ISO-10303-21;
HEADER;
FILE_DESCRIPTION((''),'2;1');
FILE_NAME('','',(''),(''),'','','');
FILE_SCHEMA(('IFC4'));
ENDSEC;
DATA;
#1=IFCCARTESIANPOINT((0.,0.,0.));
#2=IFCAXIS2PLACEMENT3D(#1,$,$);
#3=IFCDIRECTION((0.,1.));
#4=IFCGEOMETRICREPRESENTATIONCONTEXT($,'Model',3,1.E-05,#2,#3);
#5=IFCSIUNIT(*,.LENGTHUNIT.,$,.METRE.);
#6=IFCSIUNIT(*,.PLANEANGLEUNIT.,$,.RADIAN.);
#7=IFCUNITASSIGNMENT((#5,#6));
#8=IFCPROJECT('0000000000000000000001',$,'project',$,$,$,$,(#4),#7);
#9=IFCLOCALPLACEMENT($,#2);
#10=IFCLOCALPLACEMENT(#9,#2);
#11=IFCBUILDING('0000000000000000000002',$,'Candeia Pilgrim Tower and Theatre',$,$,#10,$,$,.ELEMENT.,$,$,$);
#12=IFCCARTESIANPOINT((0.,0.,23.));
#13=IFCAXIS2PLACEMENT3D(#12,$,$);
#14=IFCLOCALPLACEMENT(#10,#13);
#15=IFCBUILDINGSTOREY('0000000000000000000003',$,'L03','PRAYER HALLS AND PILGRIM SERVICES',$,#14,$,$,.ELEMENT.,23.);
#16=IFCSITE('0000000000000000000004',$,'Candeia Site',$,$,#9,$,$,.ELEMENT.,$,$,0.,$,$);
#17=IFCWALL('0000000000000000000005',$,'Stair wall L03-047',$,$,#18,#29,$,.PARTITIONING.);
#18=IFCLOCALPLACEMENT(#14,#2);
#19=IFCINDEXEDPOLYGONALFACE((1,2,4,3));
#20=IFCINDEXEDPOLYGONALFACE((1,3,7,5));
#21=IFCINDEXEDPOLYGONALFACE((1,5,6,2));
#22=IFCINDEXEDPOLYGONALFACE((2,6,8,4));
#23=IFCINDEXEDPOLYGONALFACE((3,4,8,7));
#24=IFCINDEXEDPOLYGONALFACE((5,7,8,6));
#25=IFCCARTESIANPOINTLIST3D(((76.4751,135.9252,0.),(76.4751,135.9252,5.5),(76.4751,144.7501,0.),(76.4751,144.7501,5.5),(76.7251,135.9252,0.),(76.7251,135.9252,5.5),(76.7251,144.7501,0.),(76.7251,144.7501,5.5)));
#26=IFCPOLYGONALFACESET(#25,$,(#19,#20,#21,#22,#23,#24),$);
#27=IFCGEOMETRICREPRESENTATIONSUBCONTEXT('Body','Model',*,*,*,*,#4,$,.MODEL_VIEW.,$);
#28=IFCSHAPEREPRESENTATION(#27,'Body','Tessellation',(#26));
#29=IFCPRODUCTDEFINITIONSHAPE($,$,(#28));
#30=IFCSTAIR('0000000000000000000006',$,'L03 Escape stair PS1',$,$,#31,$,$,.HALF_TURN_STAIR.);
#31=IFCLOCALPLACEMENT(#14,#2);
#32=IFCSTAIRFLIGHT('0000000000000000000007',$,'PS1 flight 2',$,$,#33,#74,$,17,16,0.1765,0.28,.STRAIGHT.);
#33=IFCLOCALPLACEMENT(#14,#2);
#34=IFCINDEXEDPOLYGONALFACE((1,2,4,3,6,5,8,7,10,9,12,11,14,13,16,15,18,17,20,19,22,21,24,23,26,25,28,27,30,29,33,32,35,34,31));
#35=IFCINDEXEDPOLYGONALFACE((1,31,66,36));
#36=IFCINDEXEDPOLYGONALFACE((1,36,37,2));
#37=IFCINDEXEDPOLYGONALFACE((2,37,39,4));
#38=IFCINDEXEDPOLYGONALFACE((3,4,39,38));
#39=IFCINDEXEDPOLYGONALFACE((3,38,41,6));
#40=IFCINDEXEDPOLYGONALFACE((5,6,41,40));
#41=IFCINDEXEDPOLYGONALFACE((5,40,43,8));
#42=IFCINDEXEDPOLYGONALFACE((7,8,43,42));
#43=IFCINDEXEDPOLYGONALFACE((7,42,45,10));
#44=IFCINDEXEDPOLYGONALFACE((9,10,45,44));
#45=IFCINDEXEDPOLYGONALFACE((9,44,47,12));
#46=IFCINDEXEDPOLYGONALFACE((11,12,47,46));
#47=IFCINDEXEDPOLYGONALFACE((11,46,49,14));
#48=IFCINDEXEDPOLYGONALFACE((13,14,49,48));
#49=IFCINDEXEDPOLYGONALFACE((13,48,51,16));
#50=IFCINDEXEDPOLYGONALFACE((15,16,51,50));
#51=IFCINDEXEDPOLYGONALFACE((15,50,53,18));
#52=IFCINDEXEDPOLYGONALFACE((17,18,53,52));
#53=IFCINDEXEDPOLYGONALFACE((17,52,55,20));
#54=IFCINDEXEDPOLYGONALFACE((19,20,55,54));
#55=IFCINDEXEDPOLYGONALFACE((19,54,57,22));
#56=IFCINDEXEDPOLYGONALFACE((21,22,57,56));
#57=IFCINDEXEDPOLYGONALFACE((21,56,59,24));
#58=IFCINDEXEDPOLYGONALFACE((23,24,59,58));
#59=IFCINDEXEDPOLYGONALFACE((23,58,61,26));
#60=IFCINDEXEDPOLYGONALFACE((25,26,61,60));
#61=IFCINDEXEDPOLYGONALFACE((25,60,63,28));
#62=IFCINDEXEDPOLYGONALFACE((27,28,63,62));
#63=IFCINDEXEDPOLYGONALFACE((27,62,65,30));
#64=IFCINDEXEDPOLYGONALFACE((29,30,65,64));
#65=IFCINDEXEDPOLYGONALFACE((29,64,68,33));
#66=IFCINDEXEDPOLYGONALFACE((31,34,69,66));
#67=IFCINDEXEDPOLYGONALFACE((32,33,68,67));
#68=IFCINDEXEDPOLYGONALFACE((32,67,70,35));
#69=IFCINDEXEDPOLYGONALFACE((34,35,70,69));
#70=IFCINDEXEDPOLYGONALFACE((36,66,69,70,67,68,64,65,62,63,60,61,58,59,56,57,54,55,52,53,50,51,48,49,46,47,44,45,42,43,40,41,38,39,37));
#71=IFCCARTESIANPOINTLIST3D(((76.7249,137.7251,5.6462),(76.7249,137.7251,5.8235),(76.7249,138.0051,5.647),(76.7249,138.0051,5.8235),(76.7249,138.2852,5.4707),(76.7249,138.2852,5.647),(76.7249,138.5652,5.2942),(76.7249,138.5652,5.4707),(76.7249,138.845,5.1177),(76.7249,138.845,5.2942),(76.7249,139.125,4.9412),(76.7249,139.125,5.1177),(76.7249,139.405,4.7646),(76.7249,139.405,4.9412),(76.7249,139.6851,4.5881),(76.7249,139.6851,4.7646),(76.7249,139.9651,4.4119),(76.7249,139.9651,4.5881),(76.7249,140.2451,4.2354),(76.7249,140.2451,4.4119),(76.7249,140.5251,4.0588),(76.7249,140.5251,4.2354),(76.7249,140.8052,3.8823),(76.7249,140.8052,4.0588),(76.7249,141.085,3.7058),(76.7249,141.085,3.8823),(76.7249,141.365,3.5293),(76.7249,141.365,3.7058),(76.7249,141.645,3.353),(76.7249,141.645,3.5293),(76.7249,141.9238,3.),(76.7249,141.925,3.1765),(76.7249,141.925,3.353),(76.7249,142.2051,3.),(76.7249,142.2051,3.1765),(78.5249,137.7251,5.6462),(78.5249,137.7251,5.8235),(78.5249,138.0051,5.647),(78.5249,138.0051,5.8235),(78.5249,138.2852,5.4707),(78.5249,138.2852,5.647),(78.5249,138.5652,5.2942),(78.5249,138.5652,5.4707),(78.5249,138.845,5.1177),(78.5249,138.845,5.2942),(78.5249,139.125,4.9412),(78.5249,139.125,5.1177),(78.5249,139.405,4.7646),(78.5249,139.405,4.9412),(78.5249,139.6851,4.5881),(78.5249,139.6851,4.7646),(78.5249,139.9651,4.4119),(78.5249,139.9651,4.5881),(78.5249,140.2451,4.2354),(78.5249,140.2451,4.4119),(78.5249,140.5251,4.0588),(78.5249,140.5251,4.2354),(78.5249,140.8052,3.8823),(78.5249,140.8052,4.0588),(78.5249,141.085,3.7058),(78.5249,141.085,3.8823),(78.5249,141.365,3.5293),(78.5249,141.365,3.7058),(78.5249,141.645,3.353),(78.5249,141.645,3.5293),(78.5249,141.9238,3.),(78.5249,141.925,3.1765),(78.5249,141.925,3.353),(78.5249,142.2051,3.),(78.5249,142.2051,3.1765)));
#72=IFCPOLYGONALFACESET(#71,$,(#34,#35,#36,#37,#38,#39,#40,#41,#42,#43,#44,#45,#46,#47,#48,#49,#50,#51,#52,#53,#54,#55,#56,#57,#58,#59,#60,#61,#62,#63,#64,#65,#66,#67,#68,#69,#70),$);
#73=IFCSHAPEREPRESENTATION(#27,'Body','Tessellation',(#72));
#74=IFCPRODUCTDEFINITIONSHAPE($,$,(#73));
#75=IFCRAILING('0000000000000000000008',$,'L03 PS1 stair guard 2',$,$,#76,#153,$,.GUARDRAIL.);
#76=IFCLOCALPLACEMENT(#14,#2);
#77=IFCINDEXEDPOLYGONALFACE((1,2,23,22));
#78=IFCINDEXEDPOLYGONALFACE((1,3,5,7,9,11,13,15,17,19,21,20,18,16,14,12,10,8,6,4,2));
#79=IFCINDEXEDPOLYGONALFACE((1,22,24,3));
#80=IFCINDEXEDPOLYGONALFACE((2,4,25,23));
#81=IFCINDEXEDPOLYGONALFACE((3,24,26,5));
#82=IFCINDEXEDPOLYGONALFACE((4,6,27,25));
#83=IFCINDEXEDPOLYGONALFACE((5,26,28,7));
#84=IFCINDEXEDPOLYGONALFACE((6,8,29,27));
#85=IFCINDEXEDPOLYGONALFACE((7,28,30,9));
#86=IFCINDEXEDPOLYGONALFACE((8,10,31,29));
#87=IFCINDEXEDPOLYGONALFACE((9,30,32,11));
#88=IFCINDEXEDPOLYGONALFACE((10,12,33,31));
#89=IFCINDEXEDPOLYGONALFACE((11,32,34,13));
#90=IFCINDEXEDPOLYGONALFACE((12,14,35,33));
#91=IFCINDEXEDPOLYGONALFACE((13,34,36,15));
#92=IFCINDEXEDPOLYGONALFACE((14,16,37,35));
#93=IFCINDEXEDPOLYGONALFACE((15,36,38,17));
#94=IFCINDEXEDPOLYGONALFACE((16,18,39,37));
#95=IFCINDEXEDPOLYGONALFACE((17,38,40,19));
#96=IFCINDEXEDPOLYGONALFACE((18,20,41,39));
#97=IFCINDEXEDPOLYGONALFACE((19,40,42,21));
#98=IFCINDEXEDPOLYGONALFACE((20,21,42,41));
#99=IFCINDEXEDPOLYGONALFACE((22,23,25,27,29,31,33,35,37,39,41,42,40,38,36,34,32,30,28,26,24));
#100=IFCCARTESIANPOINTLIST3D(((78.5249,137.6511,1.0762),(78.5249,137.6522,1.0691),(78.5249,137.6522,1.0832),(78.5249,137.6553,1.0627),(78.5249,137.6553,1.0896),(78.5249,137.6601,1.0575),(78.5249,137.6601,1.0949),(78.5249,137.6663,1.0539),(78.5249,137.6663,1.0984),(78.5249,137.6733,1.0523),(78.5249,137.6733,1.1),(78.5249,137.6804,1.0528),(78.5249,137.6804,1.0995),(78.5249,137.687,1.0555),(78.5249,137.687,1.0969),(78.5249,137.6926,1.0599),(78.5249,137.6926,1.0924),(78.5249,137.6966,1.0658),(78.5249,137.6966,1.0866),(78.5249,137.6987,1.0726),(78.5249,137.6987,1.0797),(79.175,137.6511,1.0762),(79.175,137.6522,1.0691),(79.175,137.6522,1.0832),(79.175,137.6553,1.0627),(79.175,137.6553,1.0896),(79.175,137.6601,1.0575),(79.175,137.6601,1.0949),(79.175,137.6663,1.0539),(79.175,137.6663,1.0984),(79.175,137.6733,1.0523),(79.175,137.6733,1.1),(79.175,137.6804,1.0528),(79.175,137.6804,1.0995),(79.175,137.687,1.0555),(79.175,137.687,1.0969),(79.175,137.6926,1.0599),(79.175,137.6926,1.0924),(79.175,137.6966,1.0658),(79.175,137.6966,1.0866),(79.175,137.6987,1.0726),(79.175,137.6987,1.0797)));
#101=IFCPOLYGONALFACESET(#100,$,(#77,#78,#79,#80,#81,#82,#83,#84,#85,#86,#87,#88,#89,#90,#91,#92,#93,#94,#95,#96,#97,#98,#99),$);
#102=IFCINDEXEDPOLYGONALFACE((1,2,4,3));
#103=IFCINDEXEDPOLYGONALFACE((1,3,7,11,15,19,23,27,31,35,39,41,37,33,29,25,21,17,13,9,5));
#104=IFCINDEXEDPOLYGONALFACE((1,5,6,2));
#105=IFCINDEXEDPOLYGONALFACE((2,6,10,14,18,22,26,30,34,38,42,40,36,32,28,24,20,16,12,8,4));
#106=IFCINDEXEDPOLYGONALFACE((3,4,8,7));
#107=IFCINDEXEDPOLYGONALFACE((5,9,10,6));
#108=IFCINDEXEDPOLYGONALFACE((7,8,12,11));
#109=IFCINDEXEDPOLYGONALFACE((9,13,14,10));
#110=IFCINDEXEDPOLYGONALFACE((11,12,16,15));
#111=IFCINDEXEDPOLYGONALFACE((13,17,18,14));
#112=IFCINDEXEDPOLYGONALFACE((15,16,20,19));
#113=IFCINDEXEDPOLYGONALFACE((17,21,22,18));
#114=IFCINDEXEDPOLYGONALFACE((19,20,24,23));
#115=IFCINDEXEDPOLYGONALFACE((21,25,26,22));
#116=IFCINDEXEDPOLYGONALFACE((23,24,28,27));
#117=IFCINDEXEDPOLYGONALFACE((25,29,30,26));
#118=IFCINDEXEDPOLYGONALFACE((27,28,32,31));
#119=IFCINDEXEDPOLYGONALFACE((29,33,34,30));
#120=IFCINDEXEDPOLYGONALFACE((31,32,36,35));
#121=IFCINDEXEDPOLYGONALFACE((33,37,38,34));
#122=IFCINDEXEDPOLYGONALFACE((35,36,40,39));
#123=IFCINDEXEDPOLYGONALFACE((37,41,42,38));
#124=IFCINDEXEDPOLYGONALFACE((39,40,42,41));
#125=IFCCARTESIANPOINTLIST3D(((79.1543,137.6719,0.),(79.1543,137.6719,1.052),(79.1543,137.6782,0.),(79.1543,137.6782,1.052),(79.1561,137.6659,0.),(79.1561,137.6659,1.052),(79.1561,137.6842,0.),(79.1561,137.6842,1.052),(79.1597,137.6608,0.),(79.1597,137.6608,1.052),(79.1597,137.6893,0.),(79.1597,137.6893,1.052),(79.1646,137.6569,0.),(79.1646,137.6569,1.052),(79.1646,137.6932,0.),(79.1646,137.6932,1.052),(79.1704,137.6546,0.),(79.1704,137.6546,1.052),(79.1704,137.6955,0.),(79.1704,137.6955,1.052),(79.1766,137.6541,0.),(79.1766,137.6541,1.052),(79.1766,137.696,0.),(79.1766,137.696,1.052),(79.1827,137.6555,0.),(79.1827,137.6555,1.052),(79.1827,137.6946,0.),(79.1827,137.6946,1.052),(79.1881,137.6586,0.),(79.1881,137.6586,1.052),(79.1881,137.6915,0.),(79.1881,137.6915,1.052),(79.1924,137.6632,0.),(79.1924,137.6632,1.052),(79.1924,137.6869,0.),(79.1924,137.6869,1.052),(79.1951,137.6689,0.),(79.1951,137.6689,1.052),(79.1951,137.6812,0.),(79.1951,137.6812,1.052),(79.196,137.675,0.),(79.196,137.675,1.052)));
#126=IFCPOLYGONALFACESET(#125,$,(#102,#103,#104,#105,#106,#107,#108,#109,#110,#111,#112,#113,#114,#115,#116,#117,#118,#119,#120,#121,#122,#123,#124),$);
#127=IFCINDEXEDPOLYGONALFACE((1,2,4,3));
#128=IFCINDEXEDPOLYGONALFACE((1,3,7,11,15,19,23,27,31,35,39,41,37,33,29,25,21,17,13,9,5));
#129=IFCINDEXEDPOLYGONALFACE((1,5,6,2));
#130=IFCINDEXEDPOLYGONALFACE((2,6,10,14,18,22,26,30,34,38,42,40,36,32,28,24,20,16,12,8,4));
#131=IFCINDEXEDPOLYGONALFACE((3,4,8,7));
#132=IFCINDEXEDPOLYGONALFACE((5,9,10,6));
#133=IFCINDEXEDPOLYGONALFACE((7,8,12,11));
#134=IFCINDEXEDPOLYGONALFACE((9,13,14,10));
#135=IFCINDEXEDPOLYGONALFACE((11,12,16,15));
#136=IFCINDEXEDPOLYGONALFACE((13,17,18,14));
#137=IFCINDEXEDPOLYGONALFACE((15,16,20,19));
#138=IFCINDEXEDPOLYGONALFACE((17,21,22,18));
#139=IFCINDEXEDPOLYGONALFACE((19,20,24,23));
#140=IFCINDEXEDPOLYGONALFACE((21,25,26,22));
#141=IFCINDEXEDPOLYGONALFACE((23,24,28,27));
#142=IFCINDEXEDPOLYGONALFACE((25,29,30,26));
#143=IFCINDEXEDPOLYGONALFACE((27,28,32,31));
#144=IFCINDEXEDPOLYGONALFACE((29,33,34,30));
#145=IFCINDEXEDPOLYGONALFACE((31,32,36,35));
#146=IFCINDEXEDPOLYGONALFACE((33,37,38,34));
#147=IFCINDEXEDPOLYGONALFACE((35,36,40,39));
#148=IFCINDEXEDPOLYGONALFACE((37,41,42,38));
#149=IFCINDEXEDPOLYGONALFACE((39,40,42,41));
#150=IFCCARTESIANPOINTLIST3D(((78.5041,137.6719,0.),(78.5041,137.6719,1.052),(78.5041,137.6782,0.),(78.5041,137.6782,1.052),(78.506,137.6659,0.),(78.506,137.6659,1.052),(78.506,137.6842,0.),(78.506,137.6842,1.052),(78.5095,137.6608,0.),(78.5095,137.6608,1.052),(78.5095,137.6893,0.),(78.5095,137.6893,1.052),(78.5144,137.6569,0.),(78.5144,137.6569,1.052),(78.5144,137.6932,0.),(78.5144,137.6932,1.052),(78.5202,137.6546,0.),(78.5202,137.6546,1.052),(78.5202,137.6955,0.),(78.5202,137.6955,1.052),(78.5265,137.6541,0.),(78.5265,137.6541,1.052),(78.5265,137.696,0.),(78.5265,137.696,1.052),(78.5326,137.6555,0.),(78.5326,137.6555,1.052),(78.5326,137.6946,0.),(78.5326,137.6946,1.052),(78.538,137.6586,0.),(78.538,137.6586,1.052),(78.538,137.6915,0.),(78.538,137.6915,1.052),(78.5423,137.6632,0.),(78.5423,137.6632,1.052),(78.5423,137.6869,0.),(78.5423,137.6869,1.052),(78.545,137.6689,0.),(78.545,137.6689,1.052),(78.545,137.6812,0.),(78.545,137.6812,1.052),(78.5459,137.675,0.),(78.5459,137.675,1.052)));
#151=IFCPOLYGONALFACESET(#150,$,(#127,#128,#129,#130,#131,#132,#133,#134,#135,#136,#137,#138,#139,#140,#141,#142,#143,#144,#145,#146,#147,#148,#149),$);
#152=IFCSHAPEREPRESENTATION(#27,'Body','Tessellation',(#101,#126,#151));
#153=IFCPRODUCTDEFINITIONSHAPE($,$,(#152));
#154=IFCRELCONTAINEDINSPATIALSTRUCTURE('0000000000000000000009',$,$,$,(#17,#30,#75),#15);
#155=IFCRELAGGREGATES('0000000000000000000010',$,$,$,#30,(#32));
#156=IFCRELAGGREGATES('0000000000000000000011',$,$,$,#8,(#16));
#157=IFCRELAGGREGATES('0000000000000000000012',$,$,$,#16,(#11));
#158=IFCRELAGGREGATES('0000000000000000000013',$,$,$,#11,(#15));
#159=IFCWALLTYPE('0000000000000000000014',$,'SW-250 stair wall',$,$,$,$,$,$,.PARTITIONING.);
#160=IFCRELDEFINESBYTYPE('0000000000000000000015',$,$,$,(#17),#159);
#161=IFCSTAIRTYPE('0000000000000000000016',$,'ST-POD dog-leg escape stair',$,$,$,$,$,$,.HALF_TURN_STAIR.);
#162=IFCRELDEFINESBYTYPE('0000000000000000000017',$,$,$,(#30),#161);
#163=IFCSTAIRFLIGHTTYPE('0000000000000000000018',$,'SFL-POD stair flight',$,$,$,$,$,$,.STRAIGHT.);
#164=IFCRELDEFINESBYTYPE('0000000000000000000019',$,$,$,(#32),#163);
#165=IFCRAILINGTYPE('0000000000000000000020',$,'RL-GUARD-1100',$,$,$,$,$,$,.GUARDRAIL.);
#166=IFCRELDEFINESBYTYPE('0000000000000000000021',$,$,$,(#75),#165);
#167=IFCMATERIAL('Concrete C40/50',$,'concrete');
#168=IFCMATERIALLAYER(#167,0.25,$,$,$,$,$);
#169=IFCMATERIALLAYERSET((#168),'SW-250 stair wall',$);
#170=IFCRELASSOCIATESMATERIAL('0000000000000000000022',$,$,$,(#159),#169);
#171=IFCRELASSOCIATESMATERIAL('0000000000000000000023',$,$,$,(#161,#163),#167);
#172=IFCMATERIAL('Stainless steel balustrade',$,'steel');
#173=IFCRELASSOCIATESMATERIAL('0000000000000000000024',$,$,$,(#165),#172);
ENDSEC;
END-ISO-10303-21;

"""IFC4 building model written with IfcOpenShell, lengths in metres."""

from ifc_helpers import new_model, si_unit, direction, frame, frame_2d, origin, origin_2d, place, context, subcontext, project, spatial, polyline, rectangle, circle, outline, extrude, material, layer, layer_set, type_object, element, aggregate, save


model = new_model("IFC4")

# Units and contexts
model_context = context("Model", 3, precision=1e-05, world=origin(), true_north=direction((0.0, 1.0)))
body_context = subcontext(model_context, "Body", "Model", "MODEL_VIEW")
ifc_project = project(units=[si_unit("LENGTHUNIT", "METRE"), si_unit("PLANEANGLEUNIT", "RADIAN")], contexts=[model_context])

# Site, building, storey
site_placement = place(None, origin())
site = spatial("IfcSite", under=ifc_project, at=site_placement, Name="Candeia Site", CompositionType="ELEMENT", RefElevation=0.0)
building_placement = place(site_placement, origin())
building = spatial("IfcBuilding", under=site, at=building_placement, Name="Candeia Pilgrim Tower and Theatre", CompositionType="ELEMENT")
storey_placement = place(building_placement, frame((0.0, 0.0, 23.0)))
storey = spatial("IfcBuildingStorey", under=building, at=storey_placement, Name="L03", Description="PRAYER HALLS AND PILGRIM SERVICES", CompositionType="ELEMENT", Elevation=23.0)

# Shared definitions
ifc_material_1 = material(Name="Concrete C40/50", Category="concrete")
ifc_layer_1 = layer(ifc_material_1, 0.25)
ifc_layer_set_1 = layer_set([ifc_layer_1], Name="SW-250 stair wall")
wall_type_1 = type_object("IfcWallType", Name="SW-250 stair wall", PredefinedType="PARTITIONING", material=ifc_layer_set_1)

# Wall
wall_1_placement = place(storey_placement, frame((76.6001, 135.925, 0.0), z_axis=(0.0, 0.0, 1.0), x_axis=(0.0, 1.0, 0.0)))
element("IfcWall", 1, at=wall_1_placement, inside=storey, type_object=wall_type_1, Name="Stair wall L03-047", PredefinedType="PARTITIONING", context=body_context, shape_type="SweptSolid", body=[
    extrude(rectangle(XDim=8.825, YDim=0.25, at=frame_2d((4.4126, 0.0))), origin(), (0.0, 0.0, 1.0), 5.5),
])

# Stair, stair flight
stair_type = type_object("IfcStairType", Name="ST-POD dog-leg escape stair", PredefinedType="HALF_TURN_STAIR", material=ifc_material_1)
stair_placement = place(storey_placement, origin())
stair = element("IfcStair", 2, at=stair_placement, inside=storey, type_object=stair_type, Name="L03 Escape stair PS1", PredefinedType="HALF_TURN_STAIR")
stair_flight_type = type_object("IfcStairFlightType", Name="SFL-POD stair flight", PredefinedType="STRAIGHT", material=ifc_material_1)
stair_flight_placement = place(storey_placement, frame((77.625, 142.2051, 3.0), z_axis=(0.0, 0.0, 1.0), x_axis=(0.0, -1.0, 0.0)))
stair_flight = element("IfcStairFlight", 3, at=stair_flight_placement, type_object=stair_flight_type, Name="PS1 flight 2", NumberOfRisers=17, NumberOfTreads=16, PredefinedType="STRAIGHT", RiserHeight=0.1765, TreadLength=0.28, context=body_context, shape_type="SweptSolid", body=[
    extrude(outline(polyline([(0.0, 0.0), (0.0, 0.1765), (0.28, 0.1765), (0.28, 0.353), (0.5601, 0.353), (0.5601, 0.5293), (0.8401, 0.5293), (0.8401, 0.7058), (1.1201, 0.7058), (1.1201, 0.8823), (1.3999, 0.8823), (1.3999, 1.0588), (1.6799, 1.0588), (1.6799, 1.2354), (1.96, 1.2354), (1.96, 1.4119), (2.24, 1.4119), (2.24, 1.5881), (2.52, 1.5881), (2.52, 1.7646), (2.8, 1.7646), (2.8, 1.9412), (3.0801, 1.9412), (3.0801, 2.1177), (3.3601, 2.1177), (3.3601, 2.2942), (3.6399, 2.2942), (3.6399, 2.4707), (3.9199, 2.4707), (3.9199, 2.647), (4.2, 2.647), (4.2, 2.8235), (4.48, 2.8235), (4.48, 3.0), (4.48, 2.6462), (0.2812, 0.0), (0.0, 0.0)])), frame((0.0, 0.8999, 0.0), z_axis=(0.0, -1.0, 0.0), x_axis=(1.0, 0.0, 0.0)), (0.0, 0.0, 1.0), 1.8),
])
aggregate(stair, [stair_flight])

# Railing
ifc_material_2 = material(Name="Stainless steel balustrade", Category="steel")
railing_type_1 = type_object("IfcRailingType", Name="RL-GUARD-1100", PredefinedType="GUARDRAIL", material=ifc_material_2)
railing_1_placement = place(storey_placement, frame((79.175, 137.675, 0.0)))
element("IfcRailing", 4, at=railing_1_placement, inside=storey, type_object=railing_type_1, Name="L03 PS1 stair guard 2", PredefinedType="GUARDRAIL", context=body_context, shape_type="SweptSolid", body=[
    extrude(circle(Radius=0.0239, at=origin_2d()), frame((0.0, 0.0, 1.0762), z_axis=(-1.0, 0.0, 0.0), x_axis=(0.0, -1.0, 0.0)), (0.0, 0.0, 1.0), 0.6501),
    extrude(circle(Radius=0.021, at=origin_2d()), origin(), (0.0, 0.0, 1.0), 1.052),
    extrude(circle(Radius=0.021, at=origin_2d()), frame((-0.6501, 0.0, 0.0)), (0.0, 0.0, 1.0), 1.052),
])

save(model, "model.ifc")
